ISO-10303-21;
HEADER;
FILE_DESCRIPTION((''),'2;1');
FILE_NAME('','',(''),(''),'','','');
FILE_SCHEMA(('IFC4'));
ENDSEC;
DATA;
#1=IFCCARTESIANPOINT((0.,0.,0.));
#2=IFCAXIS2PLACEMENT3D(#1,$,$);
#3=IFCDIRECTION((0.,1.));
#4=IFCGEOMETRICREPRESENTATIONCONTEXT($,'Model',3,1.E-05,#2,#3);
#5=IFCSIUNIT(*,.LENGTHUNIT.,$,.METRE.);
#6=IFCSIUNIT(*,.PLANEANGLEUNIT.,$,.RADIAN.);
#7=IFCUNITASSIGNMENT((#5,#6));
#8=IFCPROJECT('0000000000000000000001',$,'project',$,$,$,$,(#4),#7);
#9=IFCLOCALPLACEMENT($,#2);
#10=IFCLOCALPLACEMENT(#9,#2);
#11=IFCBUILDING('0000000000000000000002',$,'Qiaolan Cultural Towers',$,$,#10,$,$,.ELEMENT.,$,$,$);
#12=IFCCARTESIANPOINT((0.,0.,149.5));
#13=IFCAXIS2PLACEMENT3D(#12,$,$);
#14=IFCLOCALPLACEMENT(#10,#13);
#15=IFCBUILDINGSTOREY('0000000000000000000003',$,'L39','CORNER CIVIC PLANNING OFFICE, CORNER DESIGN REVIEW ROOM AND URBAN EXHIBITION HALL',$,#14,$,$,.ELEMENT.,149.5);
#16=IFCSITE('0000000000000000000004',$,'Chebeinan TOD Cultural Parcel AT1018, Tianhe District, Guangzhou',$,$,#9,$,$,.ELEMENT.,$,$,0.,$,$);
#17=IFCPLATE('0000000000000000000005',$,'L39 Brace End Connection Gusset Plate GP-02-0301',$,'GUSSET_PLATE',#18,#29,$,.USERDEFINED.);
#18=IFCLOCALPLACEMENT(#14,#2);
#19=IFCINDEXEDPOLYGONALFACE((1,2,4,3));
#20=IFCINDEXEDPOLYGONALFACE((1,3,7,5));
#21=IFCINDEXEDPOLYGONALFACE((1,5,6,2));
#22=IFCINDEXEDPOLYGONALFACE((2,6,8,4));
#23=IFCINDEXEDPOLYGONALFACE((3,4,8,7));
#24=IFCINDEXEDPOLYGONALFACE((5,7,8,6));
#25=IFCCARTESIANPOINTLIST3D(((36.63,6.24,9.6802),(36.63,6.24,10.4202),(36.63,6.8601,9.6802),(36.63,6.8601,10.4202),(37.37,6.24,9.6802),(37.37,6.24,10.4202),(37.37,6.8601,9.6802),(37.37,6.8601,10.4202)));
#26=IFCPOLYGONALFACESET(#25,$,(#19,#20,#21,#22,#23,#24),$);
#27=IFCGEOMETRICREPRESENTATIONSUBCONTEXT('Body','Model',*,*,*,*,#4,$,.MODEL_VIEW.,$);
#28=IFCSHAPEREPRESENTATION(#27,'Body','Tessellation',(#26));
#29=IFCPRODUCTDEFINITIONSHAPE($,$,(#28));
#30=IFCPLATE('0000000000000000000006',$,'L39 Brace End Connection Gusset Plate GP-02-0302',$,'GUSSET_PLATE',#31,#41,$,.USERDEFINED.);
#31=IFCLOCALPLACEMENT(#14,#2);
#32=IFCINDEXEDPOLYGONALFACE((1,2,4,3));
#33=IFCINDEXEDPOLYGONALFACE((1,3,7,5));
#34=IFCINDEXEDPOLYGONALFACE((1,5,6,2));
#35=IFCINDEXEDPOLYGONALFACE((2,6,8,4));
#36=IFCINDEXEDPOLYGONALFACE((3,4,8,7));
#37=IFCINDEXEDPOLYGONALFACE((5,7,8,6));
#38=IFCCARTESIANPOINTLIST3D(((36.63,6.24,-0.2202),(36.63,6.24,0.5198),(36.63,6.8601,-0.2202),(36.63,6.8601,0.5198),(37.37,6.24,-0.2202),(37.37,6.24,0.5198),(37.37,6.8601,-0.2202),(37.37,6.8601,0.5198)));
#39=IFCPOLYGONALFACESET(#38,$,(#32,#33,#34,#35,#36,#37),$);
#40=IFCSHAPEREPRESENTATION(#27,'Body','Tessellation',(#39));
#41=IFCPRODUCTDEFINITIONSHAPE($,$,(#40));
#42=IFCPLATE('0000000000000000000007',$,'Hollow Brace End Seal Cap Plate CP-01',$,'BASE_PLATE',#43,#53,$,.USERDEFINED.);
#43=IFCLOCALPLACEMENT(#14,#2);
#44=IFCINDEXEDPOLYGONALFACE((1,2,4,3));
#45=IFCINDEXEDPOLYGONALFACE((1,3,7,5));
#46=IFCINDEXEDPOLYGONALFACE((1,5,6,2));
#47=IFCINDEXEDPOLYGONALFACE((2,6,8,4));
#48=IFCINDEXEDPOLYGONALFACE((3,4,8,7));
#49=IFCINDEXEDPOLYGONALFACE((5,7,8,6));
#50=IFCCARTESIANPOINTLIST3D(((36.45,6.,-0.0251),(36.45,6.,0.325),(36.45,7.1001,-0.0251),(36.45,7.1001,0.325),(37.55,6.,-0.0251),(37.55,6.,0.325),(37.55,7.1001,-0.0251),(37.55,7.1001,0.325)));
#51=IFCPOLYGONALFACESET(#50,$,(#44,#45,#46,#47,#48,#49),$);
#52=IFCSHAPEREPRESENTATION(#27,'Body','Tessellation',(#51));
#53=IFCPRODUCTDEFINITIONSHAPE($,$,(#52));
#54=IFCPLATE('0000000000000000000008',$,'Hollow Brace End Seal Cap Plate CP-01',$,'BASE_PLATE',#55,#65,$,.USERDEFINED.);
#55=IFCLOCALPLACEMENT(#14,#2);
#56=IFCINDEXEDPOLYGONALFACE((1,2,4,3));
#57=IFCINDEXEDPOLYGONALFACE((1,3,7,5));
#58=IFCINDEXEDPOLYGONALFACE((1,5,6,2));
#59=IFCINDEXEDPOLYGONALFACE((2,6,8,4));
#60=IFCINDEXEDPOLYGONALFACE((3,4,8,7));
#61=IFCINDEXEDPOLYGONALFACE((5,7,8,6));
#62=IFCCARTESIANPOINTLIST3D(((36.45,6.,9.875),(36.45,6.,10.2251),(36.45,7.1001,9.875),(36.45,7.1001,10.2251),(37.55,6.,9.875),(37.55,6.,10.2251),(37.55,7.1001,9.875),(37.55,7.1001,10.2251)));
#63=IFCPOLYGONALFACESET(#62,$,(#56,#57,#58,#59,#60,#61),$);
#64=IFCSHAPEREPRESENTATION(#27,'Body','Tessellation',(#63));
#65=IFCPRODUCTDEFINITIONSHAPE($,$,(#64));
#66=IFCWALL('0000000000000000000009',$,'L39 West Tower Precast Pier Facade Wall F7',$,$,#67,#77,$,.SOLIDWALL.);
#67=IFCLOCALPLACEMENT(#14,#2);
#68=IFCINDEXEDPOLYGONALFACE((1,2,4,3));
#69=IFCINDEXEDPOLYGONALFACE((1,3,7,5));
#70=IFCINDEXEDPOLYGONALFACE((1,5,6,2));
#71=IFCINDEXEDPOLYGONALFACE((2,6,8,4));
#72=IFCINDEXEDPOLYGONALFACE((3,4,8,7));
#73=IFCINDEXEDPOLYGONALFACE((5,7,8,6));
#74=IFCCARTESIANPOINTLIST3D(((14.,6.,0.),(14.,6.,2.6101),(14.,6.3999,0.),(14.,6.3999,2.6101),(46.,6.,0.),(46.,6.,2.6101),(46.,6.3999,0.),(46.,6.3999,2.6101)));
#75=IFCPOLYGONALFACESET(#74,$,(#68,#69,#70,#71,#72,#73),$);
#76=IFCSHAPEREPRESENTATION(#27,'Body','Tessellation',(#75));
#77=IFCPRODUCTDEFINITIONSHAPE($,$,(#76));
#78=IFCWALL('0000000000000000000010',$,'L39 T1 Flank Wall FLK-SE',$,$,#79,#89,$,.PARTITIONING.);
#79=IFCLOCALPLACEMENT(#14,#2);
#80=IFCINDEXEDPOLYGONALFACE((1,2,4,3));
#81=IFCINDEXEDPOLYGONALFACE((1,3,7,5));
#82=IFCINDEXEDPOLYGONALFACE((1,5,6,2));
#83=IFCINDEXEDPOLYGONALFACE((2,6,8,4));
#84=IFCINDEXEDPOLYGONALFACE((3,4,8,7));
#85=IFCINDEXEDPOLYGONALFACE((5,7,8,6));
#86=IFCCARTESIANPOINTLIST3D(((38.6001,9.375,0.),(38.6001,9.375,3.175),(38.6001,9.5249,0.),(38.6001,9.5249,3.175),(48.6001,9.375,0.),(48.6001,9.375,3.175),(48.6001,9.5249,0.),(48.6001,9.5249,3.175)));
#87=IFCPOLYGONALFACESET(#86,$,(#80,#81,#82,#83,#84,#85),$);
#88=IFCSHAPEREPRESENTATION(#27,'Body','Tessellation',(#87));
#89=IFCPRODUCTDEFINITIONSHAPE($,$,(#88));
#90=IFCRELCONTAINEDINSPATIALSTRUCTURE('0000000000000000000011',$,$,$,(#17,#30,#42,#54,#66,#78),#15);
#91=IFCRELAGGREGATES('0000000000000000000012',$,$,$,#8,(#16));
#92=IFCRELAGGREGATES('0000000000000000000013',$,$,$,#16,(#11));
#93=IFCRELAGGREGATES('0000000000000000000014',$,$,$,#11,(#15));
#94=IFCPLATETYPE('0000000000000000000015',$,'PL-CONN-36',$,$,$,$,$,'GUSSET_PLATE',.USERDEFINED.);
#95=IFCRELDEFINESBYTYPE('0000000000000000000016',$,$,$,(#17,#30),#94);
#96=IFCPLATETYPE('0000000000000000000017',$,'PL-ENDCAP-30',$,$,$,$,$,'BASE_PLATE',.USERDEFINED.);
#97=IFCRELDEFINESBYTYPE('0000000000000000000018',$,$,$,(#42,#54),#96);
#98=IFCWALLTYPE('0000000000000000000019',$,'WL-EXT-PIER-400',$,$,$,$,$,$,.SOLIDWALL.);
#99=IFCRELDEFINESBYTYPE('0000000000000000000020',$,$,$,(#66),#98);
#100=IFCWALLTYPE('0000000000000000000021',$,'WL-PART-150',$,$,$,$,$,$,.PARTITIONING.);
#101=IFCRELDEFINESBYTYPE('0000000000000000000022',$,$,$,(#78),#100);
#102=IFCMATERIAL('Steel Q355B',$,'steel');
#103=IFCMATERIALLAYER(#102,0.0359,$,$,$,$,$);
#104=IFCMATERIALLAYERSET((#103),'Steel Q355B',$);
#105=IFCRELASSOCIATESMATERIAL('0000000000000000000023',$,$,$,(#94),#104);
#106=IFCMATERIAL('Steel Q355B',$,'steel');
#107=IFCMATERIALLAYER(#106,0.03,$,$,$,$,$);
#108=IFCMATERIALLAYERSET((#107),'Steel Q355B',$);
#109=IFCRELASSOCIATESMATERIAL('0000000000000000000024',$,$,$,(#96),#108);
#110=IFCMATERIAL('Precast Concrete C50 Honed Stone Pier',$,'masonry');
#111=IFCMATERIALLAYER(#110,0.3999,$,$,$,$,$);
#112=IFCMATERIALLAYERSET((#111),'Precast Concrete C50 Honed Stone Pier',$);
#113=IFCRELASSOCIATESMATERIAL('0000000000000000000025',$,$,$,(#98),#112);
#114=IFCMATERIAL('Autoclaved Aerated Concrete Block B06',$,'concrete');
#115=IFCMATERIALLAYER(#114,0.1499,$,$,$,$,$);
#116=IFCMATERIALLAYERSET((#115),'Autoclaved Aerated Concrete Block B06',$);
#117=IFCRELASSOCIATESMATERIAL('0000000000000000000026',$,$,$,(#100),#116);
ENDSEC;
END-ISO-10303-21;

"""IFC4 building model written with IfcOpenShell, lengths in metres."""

from ifc_helpers import new_model, si_unit, direction, frame, frame_2d, origin, origin_2d, place, context, subcontext, project, spatial, rectangle, extrude, material, layer, layer_set, type_object, element, save


model = new_model("IFC4")

# Units and contexts
model_context = context("Model", 3, precision=1e-05, world=origin(), true_north=direction((0.0, 1.0)))
body_context = subcontext(model_context, "Body", "Model", "MODEL_VIEW")
ifc_project = project(units=[si_unit("LENGTHUNIT", "METRE"), si_unit("PLANEANGLEUNIT", "RADIAN")], contexts=[model_context])

# Site, building, storey
site_placement = place(None, origin())
site = spatial("IfcSite", under=ifc_project, at=site_placement, Name="Chebeinan TOD Cultural Parcel AT1018, Tianhe District, Guangzhou", CompositionType="ELEMENT", RefElevation=0.0)
building_placement = place(site_placement, origin())
building = spatial("IfcBuilding", under=site, at=building_placement, Name="Qiaolan Cultural Towers", CompositionType="ELEMENT")
storey_placement = place(building_placement, frame((0.0, 0.0, 149.5)))
storey = spatial("IfcBuildingStorey", under=building, at=storey_placement, Name="L39", Description="CORNER CIVIC PLANNING OFFICE, CORNER DESIGN REVIEW ROOM AND URBAN EXHIBITION HALL", CompositionType="ELEMENT", Elevation=149.5)

# Plates
ifc_material_1 = material(Name="Steel Q355B", Category="steel")
ifc_layer_1 = layer(ifc_material_1, 0.0359)
ifc_layer_set_1 = layer_set([ifc_layer_1], Name="Steel Q355B")
plate_type_1 = type_object("IfcPlateType", Name="PL-CONN-36", ElementType="GUSSET_PLATE", PredefinedType="USERDEFINED", material=ifc_layer_set_1)
for number, where, z_axis, x_axis, name in (
    (1, (37.0, 6.55, 9.6802), (0.0, 0.0, 1.0), (1.0, 0.0, 0.0), "L39 Brace End Connection Gusset Plate GP-02-0301"),
    (2, (37.0, 6.55, -0.2202), (0.0, 0.0, 1.0), (1.0, 0.0, 0.0), "L39 Brace End Connection Gusset Plate GP-02-0302"),
):
    element("IfcPlate", number, at=place(storey_placement, frame(where, z_axis=z_axis, x_axis=x_axis)), inside=storey, type_object=plate_type_1, Name=name, ObjectType="GUSSET_PLATE", PredefinedType="USERDEFINED", context=body_context, shape_type="SweptSolid", body=[
        extrude(rectangle(XDim=0.74, YDim=0.6201, at=origin_2d()), origin(), (0.0, 0.0, 1.0), 0.74),
    ])
ifc_material_2 = material(Name="Steel Q355B", Category="steel")
ifc_layer_2 = layer(ifc_material_2, 0.03)
ifc_layer_set_2 = layer_set([ifc_layer_2], Name="Steel Q355B")
plate_type_2 = type_object("IfcPlateType", Name="PL-ENDCAP-30", ElementType="BASE_PLATE", PredefinedType="USERDEFINED", material=ifc_layer_set_2)
for number, where, z_axis, x_axis, name in (
    (3, (37.0, 6.55, -0.0251), (0.0, 0.0, 1.0), (1.0, 0.0, 0.0), "Hollow Brace End Seal Cap Plate CP-01"),
    (4, (37.0, 6.55, 9.875), (0.0, 0.0, 1.0), (1.0, 0.0, 0.0), "Hollow Brace End Seal Cap Plate CP-01"),
):
    element("IfcPlate", number, at=place(storey_placement, frame(where, z_axis=z_axis, x_axis=x_axis)), inside=storey, type_object=plate_type_2, Name=name, ObjectType="BASE_PLATE", PredefinedType="USERDEFINED", context=body_context, shape_type="SweptSolid", body=[
        extrude(rectangle(XDim=1.1001, YDim=1.1001, at=origin_2d()), origin(), (0.0, 0.0, 1.0), 0.3501),
    ])

# Walls
ifc_material_3 = material(Name="Precast Concrete C50 Honed Stone Pier", Category="masonry")
ifc_layer_3 = layer(ifc_material_3, 0.3999)
ifc_layer_set_3 = layer_set([ifc_layer_3], Name="Precast Concrete C50 Honed Stone Pier")
wall_type_1 = type_object("IfcWallType", Name="WL-EXT-PIER-400", PredefinedType="SOLIDWALL", material=ifc_layer_set_3)
wall_1_placement = place(storey_placement, frame((46.0, 6.2, 0.0), z_axis=(0.0, 0.0, 1.0), x_axis=(-1.0, 0.0, 0.0)))
element("IfcWall", 5, at=wall_1_placement, inside=storey, type_object=wall_type_1, Name="L39 West Tower Precast Pier Facade Wall F7", PredefinedType="SOLIDWALL", context=body_context, shape_type="SweptSolid", body=[
    extrude(rectangle(XDim=32.0, YDim=0.3999, at=frame_2d((16.0, 0.0))), origin(), (0.0, 0.0, 1.0), 2.6101),
])
ifc_material_4 = material(Name="Autoclaved Aerated Concrete Block B06", Category="concrete")
ifc_layer_4 = layer(ifc_material_4, 0.1499)
ifc_layer_set_4 = layer_set([ifc_layer_4], Name="Autoclaved Aerated Concrete Block B06")
wall_type_2 = type_object("IfcWallType", Name="WL-PART-150", PredefinedType="PARTITIONING", material=ifc_layer_set_4)
wall_2_placement = place(storey_placement, frame((38.6001, 9.45, 0.0), z_axis=(0.0, 0.0, 1.0), x_axis=(1.0, 0.0, 0.0)))
element("IfcWall", 6, at=wall_2_placement, inside=storey, type_object=wall_type_2, Name="L39 T1 Flank Wall FLK-SE", PredefinedType="PARTITIONING", context=body_context, shape_type="SweptSolid", body=[
    extrude(rectangle(XDim=10.0, YDim=0.1499, at=frame_2d((5.0, 0.0))), origin(), (0.0, 0.0, 1.0), 3.175),
])

save(model, "model.ifc")
